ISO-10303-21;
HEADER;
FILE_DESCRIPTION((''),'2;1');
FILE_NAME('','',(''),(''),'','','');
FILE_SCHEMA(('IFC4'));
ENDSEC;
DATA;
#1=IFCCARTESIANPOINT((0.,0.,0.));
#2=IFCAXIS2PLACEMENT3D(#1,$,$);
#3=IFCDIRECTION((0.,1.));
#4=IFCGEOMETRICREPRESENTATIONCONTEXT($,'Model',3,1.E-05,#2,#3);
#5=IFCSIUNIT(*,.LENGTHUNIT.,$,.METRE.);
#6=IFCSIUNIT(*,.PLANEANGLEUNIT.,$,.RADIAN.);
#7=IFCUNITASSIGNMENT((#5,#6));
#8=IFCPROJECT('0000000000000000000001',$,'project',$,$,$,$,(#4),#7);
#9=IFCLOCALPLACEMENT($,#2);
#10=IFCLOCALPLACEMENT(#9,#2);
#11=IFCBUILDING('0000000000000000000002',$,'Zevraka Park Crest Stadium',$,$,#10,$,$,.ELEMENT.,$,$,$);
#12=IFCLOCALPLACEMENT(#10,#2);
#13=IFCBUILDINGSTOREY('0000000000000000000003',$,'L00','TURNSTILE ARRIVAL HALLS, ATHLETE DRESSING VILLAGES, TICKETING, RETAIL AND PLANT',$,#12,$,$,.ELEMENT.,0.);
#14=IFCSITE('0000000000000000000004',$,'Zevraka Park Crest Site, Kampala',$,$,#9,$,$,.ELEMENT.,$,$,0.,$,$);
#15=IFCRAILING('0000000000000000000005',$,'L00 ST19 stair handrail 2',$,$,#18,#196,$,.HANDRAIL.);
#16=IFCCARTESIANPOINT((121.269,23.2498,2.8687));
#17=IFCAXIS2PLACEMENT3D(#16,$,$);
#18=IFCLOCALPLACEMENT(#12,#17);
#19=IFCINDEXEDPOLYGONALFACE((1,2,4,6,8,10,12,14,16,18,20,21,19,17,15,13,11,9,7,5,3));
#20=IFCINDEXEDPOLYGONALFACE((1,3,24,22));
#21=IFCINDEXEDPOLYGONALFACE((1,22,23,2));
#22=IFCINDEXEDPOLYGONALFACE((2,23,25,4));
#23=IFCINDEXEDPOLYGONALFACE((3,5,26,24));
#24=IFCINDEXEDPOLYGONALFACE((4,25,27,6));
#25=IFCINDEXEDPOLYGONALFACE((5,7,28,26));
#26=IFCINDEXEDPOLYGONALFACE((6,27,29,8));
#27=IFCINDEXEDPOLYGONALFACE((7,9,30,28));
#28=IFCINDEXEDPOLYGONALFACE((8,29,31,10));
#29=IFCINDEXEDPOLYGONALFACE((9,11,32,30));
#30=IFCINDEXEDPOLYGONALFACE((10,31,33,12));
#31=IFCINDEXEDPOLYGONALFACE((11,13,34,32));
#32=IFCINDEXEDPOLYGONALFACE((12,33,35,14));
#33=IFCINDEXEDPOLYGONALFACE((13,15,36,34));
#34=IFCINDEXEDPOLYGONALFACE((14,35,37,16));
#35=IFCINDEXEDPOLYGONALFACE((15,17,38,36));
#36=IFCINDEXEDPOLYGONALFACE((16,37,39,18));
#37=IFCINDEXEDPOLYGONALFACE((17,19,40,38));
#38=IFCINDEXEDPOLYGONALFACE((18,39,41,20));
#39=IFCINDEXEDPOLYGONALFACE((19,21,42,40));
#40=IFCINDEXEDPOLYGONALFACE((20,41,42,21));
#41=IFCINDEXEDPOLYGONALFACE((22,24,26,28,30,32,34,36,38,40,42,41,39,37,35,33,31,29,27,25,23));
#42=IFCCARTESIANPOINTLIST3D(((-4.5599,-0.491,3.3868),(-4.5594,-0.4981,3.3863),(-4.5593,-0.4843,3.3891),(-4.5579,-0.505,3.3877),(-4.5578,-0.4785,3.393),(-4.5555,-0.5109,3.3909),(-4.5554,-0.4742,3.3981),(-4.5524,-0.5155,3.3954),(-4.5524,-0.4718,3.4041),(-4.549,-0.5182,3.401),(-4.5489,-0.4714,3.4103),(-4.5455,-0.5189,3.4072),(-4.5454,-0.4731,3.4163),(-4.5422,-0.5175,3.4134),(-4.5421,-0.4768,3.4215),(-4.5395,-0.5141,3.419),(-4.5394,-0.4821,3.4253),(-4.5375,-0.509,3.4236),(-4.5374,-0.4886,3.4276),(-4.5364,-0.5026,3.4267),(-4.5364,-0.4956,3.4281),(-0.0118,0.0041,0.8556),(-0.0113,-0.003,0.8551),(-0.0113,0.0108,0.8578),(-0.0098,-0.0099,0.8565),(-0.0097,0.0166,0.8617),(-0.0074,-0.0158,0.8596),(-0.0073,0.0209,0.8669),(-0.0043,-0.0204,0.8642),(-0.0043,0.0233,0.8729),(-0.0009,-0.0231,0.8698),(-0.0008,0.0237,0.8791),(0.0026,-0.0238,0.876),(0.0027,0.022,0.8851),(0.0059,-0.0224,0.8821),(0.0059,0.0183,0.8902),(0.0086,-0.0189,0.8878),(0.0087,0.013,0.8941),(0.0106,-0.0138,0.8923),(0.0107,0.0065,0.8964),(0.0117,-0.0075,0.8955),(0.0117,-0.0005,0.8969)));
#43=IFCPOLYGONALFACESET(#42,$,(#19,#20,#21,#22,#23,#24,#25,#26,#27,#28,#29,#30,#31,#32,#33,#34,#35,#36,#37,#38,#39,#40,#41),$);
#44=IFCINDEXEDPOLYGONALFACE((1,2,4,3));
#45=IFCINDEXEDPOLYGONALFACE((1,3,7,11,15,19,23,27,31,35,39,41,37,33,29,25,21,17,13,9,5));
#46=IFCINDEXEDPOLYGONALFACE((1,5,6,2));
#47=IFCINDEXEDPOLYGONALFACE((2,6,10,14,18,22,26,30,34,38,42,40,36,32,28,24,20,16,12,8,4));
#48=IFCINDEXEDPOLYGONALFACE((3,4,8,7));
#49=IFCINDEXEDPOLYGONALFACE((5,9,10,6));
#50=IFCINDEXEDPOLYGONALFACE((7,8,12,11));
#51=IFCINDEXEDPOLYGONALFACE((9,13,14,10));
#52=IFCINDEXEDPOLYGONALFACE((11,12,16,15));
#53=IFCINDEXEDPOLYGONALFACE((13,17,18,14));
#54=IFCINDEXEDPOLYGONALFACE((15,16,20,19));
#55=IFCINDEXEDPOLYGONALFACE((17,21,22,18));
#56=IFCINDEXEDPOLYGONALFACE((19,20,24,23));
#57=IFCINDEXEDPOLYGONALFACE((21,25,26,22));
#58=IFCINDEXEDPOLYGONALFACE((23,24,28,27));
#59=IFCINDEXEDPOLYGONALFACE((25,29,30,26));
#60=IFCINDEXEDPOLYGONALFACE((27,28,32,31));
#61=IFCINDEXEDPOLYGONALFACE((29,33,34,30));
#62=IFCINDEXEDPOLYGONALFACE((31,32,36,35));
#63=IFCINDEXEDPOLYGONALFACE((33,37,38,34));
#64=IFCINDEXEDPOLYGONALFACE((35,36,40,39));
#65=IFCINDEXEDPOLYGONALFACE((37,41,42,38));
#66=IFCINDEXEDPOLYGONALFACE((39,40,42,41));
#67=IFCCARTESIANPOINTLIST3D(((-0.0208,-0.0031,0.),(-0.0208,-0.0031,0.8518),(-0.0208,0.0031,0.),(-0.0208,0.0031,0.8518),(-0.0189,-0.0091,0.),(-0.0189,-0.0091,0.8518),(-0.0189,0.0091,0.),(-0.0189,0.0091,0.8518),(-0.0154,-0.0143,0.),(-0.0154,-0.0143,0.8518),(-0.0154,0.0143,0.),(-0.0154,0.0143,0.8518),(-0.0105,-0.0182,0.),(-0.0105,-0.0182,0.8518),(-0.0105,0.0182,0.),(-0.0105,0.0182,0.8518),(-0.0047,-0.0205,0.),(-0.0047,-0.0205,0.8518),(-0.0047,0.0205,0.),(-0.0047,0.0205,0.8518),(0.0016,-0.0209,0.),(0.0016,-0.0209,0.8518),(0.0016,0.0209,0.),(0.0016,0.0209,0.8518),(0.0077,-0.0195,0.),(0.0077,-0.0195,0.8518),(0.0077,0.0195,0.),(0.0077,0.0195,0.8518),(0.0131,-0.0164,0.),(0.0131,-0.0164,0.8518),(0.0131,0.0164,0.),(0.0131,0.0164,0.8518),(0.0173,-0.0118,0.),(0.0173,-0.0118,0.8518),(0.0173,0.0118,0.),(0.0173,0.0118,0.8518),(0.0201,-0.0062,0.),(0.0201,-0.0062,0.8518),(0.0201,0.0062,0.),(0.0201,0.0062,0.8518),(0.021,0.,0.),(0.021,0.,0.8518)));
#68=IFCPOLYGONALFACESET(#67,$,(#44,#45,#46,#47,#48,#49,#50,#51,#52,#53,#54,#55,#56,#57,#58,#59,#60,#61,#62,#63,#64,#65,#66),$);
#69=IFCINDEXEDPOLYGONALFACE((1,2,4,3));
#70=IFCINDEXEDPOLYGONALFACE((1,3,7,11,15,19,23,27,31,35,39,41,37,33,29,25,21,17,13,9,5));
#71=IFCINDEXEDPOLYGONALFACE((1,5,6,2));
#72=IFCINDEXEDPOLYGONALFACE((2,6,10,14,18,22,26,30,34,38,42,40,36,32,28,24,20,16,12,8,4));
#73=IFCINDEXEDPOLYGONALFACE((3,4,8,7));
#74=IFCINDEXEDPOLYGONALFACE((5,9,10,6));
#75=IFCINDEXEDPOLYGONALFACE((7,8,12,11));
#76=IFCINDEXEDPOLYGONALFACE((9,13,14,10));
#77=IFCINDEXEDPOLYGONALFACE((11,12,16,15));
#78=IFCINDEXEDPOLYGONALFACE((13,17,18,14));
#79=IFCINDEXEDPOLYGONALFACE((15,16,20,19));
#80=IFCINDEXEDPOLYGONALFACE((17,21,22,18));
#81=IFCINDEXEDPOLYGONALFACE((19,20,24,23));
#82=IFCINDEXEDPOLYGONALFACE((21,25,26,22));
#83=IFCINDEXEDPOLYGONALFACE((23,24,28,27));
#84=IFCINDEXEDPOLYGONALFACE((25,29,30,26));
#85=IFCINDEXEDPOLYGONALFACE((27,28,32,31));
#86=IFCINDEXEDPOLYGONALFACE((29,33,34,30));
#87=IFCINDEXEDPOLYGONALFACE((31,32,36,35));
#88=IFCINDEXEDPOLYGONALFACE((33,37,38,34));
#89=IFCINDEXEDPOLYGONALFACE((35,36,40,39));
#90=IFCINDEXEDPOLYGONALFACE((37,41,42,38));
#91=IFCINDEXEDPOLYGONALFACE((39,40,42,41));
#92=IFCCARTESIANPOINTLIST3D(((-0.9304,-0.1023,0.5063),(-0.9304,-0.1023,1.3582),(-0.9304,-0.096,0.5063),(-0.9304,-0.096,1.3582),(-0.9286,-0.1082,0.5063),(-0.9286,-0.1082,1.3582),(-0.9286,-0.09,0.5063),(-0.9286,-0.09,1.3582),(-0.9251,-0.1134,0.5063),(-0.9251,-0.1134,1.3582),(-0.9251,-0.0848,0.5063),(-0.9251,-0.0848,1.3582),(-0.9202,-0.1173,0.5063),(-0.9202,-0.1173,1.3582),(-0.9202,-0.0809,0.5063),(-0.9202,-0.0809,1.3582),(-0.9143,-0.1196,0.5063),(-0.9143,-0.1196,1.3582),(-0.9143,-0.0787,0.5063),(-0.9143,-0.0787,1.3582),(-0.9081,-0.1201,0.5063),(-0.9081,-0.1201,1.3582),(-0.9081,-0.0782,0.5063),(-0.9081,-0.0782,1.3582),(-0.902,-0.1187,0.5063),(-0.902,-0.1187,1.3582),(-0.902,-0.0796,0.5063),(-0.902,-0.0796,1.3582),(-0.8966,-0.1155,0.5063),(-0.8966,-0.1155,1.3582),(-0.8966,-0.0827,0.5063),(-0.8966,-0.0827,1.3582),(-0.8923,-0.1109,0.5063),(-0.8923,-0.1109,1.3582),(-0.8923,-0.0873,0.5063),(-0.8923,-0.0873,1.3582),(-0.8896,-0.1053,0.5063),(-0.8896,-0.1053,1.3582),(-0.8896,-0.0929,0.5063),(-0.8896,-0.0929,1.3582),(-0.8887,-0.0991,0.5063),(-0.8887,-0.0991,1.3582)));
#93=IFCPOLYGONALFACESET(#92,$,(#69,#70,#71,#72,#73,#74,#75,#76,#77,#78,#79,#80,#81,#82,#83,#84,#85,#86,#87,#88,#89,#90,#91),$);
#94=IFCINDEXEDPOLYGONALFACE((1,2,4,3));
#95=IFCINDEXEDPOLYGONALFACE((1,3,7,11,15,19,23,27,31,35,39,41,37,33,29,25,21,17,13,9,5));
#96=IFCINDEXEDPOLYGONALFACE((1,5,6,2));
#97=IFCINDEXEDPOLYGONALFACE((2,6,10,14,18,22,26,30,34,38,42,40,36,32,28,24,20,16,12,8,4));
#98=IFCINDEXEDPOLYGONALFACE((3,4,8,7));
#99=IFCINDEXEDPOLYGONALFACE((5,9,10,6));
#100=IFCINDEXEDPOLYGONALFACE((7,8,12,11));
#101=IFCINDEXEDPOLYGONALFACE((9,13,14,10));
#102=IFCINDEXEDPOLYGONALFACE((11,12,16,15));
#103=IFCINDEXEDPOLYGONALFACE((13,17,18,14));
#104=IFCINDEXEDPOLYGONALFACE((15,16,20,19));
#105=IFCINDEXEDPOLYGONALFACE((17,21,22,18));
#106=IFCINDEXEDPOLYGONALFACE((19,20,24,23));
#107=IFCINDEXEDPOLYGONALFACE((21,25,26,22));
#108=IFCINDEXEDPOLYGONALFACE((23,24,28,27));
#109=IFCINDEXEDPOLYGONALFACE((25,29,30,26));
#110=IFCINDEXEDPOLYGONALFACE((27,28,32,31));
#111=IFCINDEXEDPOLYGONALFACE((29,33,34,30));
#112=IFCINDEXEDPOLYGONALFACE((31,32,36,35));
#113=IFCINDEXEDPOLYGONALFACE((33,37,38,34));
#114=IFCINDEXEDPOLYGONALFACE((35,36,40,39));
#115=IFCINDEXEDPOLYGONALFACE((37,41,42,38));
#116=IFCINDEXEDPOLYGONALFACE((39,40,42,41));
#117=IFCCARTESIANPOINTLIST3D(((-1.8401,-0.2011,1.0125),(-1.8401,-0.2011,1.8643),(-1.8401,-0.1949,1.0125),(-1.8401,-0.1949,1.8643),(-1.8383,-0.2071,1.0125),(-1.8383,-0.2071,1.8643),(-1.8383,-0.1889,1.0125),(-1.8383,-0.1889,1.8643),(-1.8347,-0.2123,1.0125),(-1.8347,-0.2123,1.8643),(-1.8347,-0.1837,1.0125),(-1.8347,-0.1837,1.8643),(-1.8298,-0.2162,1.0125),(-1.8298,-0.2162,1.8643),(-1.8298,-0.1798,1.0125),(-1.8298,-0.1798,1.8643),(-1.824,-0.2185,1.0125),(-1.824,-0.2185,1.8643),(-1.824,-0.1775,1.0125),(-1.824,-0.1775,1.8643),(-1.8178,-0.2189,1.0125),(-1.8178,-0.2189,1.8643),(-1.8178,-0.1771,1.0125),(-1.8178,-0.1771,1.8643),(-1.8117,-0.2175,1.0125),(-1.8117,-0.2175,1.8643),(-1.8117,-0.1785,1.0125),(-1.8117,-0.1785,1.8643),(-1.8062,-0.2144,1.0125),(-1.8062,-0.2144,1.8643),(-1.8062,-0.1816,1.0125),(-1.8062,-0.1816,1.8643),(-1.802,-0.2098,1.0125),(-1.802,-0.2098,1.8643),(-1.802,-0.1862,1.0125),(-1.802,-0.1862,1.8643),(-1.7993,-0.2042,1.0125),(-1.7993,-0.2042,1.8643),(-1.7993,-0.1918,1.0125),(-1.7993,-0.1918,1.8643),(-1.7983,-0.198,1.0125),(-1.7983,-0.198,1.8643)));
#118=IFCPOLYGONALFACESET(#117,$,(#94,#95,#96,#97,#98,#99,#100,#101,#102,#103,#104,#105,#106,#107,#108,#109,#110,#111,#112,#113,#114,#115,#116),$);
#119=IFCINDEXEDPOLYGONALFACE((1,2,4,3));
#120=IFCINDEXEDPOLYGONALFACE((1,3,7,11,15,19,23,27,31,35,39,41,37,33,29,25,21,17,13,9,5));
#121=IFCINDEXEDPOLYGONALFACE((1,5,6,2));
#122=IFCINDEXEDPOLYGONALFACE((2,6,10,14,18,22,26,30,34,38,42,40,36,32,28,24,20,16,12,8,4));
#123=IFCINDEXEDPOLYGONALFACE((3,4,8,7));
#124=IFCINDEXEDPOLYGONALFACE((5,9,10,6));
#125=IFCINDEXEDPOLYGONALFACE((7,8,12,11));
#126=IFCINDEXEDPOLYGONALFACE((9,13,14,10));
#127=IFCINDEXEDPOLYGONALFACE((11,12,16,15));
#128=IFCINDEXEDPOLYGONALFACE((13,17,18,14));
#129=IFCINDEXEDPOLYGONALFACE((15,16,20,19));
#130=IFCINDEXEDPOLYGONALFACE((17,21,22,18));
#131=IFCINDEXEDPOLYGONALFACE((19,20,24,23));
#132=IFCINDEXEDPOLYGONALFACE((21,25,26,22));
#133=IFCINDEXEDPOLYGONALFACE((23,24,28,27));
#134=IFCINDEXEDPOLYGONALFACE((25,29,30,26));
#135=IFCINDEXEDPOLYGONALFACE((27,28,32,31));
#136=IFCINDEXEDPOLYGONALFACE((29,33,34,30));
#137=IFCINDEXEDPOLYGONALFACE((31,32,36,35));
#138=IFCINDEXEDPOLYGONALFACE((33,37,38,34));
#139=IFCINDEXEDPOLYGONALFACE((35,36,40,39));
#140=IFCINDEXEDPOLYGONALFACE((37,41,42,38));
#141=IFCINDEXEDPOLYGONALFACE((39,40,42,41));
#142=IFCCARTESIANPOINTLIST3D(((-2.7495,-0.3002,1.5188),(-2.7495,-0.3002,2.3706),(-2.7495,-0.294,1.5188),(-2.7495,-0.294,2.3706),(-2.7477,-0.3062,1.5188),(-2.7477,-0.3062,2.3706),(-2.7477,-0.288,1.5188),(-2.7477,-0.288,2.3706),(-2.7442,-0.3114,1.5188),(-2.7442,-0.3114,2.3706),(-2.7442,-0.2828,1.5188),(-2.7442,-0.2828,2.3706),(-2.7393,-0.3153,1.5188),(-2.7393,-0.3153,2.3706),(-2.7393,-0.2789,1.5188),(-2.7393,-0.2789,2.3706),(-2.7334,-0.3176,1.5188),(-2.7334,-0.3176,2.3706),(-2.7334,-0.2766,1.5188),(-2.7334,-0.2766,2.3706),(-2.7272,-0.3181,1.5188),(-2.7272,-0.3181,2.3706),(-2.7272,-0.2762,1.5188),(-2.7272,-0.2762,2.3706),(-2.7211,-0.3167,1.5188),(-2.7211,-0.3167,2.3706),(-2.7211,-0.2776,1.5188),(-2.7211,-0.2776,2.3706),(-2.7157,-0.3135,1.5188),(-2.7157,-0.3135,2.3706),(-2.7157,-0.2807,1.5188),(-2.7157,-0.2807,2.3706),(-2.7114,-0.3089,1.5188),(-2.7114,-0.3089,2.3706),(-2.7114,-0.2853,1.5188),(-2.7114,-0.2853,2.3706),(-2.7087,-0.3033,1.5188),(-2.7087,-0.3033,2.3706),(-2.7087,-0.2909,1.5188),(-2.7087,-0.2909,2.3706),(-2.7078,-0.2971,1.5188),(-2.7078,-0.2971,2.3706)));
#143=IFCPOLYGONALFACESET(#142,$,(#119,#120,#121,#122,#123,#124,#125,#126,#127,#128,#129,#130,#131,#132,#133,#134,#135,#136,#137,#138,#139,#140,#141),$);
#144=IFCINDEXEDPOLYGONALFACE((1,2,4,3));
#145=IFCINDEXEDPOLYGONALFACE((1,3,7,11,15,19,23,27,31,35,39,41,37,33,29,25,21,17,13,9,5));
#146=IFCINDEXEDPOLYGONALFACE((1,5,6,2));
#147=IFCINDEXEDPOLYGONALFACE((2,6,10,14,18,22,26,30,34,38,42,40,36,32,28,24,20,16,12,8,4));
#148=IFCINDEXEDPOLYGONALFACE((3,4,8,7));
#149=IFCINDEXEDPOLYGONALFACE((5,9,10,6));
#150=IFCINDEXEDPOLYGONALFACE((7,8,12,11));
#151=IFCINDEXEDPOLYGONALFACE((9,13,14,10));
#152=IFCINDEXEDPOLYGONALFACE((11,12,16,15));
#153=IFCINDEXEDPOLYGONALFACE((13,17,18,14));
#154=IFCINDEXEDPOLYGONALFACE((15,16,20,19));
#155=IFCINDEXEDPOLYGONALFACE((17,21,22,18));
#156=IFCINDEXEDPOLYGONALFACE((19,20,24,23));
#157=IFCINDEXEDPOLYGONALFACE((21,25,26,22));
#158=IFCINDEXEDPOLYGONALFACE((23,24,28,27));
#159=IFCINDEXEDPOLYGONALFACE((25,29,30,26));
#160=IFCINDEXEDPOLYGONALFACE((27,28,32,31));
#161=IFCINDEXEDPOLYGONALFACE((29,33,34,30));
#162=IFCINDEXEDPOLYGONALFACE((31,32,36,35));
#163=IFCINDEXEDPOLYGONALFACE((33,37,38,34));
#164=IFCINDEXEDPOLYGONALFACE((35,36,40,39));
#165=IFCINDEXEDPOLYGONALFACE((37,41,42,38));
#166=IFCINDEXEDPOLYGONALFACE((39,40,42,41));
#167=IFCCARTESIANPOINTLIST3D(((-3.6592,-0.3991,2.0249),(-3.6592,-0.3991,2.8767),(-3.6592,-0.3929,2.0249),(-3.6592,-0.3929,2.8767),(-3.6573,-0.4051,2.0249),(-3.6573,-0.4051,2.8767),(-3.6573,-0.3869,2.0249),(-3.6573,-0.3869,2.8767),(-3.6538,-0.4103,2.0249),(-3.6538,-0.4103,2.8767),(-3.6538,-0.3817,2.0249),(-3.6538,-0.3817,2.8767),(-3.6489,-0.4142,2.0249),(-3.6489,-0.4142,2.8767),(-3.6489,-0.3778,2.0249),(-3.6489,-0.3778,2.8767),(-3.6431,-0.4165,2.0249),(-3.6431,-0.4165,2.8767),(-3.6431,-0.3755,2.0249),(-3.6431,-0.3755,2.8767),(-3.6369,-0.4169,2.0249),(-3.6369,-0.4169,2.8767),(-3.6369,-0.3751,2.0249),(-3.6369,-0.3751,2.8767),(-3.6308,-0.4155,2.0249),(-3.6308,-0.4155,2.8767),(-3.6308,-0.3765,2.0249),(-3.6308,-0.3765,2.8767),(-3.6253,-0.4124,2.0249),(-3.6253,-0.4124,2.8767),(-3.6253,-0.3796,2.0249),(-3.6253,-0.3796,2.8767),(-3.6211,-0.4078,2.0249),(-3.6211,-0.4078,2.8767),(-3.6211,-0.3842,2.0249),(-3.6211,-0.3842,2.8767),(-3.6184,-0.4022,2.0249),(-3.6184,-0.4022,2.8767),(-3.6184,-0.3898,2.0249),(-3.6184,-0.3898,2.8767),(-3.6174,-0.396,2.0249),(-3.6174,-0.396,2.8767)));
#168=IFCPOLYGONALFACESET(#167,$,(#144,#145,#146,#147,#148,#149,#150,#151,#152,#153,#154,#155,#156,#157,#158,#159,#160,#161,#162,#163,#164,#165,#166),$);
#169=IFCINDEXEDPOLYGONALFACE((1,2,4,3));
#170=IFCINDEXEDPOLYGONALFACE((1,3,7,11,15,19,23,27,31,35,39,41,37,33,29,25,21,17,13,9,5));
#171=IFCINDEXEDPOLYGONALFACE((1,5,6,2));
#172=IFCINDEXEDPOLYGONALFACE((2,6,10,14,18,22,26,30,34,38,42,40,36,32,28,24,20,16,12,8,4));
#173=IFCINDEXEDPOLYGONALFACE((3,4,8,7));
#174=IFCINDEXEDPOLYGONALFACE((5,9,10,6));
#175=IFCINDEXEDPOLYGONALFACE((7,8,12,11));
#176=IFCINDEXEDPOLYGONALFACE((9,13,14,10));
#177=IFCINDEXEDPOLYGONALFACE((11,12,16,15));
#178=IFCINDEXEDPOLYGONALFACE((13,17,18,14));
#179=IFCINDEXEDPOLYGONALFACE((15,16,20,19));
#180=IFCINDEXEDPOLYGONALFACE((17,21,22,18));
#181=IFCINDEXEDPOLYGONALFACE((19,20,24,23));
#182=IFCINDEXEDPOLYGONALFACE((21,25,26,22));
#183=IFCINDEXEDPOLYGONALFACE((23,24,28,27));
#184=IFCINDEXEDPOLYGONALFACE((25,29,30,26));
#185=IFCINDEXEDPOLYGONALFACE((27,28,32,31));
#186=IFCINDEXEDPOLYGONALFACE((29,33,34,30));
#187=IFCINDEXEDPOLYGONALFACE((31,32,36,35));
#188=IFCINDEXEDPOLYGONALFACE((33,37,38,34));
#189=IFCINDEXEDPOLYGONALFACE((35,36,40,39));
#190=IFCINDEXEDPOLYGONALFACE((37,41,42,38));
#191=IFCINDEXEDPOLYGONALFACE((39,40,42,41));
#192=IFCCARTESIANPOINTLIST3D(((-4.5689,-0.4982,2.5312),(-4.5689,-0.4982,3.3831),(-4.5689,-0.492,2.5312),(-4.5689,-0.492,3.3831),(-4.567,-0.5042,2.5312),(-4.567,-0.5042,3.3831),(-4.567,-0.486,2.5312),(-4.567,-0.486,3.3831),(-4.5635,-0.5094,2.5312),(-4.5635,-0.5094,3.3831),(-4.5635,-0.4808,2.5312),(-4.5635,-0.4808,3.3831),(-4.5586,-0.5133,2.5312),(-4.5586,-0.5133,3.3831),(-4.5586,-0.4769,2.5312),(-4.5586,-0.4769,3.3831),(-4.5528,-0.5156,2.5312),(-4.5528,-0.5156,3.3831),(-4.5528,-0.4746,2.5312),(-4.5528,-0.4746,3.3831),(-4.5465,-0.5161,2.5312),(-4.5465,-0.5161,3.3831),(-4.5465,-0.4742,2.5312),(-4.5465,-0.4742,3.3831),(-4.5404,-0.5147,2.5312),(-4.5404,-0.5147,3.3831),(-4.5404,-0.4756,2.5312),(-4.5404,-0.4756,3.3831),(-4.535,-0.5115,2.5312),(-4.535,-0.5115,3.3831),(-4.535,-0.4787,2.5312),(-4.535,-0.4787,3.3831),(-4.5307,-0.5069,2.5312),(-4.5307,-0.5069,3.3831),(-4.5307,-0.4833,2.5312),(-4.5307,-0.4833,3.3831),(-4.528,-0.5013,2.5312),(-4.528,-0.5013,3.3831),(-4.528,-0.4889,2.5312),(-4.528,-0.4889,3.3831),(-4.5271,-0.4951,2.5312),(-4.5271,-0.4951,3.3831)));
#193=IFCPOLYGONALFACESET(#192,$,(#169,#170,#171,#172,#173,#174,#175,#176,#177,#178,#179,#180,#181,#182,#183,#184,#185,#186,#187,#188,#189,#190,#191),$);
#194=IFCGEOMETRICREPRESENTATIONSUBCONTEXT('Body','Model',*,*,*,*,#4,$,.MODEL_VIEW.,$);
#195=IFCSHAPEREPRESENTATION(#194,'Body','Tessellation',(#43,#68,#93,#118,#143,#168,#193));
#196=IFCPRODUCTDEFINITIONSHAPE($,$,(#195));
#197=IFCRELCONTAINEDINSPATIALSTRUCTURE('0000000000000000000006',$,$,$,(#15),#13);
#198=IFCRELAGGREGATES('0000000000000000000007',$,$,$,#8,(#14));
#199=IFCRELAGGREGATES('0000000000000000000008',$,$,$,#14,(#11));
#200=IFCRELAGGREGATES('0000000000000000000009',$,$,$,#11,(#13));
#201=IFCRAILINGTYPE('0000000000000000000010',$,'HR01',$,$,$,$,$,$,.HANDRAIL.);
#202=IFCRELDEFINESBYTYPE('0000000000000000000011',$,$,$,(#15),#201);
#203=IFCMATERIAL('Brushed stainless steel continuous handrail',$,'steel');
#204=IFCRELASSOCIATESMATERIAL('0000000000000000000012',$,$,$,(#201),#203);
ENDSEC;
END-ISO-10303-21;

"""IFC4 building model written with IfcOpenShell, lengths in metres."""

from ifc_helpers import new_model, si_unit, direction, frame, origin, origin_2d, place, context, subcontext, project, spatial, circle, extrude, material, type_object, element, save


model = new_model("IFC4")

# Units and contexts
model_context = context("Model", 3, precision=1e-05, world=origin(), true_north=direction((0.0, 1.0)))
body_context = subcontext(model_context, "Body", "Model", "MODEL_VIEW")
ifc_project = project(units=[si_unit("LENGTHUNIT", "METRE"), si_unit("PLANEANGLEUNIT", "RADIAN")], contexts=[model_context])

# Site, building, storey
site_placement = place(None, origin())
site = spatial("IfcSite", under=ifc_project, at=site_placement, Name="Zevraka Park Crest Site, Kampala", CompositionType="ELEMENT", RefElevation=0.0)
building_placement = place(site_placement, origin())
building = spatial("IfcBuilding", under=site, at=building_placement, Name="Zevraka Park Crest Stadium", CompositionType="ELEMENT")
storey_placement = place(building_placement, origin())
storey = spatial("IfcBuildingStorey", under=building, at=storey_placement, Name="L00", Description="TURNSTILE ARRIVAL HALLS, ATHLETE DRESSING VILLAGES, TICKETING, RETAIL AND PLANT", CompositionType="ELEMENT", Elevation=0.0)

# Railing
ifc_material_1 = material(Name="Brushed stainless steel continuous handrail", Category="steel")
railing_type_1 = type_object("IfcRailingType", Name="HR01", PredefinedType="HANDRAIL", material=ifc_material_1)
railing_1_placement = place(storey_placement, frame((121.269, 23.2498, 2.8687)))
element("IfcRailing", 1, at=railing_1_placement, inside=storey, type_object=railing_type_1, Name="L00 ST19 stair handrail 2", PredefinedType="HANDRAIL", context=body_context, shape_type="SweptSolid", body=[
    extrude(circle(Radius=0.0239, at=origin_2d()), frame((0.0, 0.0, 0.876), z_axis=(-0.869861, -0.094695, 0.484123), x_axis=(0.108223, -0.994127, 0.0)), (0.0, 0.0, 1.0), 5.2285),
    extrude(circle(Radius=0.021, at=origin_2d()), origin(), (0.0, 0.0, 1.0), 0.8518),
    extrude(circle(Radius=0.021, at=origin_2d()), frame((-0.9097, -0.0991, 0.5063)), (0.0, 0.0, 1.0), 0.8518),
    extrude(circle(Radius=0.021, at=origin_2d()), frame((-1.8193, -0.198, 1.0125)), (0.0, 0.0, 1.0), 0.8518),
    extrude(circle(Radius=0.021, at=origin_2d()), frame((-2.7288, -0.2971, 1.5188)), (0.0, 0.0, 1.0), 0.8518),
    extrude(circle(Radius=0.021, at=origin_2d()), frame((-3.6384, -0.396, 2.0249)), (0.0, 0.0, 1.0), 0.8518),
    extrude(circle(Radius=0.021, at=origin_2d()), frame((-4.5481, -0.4951, 2.5312)), (0.0, 0.0, 1.0), 0.8518),
])

save(model, "model.ifc")
